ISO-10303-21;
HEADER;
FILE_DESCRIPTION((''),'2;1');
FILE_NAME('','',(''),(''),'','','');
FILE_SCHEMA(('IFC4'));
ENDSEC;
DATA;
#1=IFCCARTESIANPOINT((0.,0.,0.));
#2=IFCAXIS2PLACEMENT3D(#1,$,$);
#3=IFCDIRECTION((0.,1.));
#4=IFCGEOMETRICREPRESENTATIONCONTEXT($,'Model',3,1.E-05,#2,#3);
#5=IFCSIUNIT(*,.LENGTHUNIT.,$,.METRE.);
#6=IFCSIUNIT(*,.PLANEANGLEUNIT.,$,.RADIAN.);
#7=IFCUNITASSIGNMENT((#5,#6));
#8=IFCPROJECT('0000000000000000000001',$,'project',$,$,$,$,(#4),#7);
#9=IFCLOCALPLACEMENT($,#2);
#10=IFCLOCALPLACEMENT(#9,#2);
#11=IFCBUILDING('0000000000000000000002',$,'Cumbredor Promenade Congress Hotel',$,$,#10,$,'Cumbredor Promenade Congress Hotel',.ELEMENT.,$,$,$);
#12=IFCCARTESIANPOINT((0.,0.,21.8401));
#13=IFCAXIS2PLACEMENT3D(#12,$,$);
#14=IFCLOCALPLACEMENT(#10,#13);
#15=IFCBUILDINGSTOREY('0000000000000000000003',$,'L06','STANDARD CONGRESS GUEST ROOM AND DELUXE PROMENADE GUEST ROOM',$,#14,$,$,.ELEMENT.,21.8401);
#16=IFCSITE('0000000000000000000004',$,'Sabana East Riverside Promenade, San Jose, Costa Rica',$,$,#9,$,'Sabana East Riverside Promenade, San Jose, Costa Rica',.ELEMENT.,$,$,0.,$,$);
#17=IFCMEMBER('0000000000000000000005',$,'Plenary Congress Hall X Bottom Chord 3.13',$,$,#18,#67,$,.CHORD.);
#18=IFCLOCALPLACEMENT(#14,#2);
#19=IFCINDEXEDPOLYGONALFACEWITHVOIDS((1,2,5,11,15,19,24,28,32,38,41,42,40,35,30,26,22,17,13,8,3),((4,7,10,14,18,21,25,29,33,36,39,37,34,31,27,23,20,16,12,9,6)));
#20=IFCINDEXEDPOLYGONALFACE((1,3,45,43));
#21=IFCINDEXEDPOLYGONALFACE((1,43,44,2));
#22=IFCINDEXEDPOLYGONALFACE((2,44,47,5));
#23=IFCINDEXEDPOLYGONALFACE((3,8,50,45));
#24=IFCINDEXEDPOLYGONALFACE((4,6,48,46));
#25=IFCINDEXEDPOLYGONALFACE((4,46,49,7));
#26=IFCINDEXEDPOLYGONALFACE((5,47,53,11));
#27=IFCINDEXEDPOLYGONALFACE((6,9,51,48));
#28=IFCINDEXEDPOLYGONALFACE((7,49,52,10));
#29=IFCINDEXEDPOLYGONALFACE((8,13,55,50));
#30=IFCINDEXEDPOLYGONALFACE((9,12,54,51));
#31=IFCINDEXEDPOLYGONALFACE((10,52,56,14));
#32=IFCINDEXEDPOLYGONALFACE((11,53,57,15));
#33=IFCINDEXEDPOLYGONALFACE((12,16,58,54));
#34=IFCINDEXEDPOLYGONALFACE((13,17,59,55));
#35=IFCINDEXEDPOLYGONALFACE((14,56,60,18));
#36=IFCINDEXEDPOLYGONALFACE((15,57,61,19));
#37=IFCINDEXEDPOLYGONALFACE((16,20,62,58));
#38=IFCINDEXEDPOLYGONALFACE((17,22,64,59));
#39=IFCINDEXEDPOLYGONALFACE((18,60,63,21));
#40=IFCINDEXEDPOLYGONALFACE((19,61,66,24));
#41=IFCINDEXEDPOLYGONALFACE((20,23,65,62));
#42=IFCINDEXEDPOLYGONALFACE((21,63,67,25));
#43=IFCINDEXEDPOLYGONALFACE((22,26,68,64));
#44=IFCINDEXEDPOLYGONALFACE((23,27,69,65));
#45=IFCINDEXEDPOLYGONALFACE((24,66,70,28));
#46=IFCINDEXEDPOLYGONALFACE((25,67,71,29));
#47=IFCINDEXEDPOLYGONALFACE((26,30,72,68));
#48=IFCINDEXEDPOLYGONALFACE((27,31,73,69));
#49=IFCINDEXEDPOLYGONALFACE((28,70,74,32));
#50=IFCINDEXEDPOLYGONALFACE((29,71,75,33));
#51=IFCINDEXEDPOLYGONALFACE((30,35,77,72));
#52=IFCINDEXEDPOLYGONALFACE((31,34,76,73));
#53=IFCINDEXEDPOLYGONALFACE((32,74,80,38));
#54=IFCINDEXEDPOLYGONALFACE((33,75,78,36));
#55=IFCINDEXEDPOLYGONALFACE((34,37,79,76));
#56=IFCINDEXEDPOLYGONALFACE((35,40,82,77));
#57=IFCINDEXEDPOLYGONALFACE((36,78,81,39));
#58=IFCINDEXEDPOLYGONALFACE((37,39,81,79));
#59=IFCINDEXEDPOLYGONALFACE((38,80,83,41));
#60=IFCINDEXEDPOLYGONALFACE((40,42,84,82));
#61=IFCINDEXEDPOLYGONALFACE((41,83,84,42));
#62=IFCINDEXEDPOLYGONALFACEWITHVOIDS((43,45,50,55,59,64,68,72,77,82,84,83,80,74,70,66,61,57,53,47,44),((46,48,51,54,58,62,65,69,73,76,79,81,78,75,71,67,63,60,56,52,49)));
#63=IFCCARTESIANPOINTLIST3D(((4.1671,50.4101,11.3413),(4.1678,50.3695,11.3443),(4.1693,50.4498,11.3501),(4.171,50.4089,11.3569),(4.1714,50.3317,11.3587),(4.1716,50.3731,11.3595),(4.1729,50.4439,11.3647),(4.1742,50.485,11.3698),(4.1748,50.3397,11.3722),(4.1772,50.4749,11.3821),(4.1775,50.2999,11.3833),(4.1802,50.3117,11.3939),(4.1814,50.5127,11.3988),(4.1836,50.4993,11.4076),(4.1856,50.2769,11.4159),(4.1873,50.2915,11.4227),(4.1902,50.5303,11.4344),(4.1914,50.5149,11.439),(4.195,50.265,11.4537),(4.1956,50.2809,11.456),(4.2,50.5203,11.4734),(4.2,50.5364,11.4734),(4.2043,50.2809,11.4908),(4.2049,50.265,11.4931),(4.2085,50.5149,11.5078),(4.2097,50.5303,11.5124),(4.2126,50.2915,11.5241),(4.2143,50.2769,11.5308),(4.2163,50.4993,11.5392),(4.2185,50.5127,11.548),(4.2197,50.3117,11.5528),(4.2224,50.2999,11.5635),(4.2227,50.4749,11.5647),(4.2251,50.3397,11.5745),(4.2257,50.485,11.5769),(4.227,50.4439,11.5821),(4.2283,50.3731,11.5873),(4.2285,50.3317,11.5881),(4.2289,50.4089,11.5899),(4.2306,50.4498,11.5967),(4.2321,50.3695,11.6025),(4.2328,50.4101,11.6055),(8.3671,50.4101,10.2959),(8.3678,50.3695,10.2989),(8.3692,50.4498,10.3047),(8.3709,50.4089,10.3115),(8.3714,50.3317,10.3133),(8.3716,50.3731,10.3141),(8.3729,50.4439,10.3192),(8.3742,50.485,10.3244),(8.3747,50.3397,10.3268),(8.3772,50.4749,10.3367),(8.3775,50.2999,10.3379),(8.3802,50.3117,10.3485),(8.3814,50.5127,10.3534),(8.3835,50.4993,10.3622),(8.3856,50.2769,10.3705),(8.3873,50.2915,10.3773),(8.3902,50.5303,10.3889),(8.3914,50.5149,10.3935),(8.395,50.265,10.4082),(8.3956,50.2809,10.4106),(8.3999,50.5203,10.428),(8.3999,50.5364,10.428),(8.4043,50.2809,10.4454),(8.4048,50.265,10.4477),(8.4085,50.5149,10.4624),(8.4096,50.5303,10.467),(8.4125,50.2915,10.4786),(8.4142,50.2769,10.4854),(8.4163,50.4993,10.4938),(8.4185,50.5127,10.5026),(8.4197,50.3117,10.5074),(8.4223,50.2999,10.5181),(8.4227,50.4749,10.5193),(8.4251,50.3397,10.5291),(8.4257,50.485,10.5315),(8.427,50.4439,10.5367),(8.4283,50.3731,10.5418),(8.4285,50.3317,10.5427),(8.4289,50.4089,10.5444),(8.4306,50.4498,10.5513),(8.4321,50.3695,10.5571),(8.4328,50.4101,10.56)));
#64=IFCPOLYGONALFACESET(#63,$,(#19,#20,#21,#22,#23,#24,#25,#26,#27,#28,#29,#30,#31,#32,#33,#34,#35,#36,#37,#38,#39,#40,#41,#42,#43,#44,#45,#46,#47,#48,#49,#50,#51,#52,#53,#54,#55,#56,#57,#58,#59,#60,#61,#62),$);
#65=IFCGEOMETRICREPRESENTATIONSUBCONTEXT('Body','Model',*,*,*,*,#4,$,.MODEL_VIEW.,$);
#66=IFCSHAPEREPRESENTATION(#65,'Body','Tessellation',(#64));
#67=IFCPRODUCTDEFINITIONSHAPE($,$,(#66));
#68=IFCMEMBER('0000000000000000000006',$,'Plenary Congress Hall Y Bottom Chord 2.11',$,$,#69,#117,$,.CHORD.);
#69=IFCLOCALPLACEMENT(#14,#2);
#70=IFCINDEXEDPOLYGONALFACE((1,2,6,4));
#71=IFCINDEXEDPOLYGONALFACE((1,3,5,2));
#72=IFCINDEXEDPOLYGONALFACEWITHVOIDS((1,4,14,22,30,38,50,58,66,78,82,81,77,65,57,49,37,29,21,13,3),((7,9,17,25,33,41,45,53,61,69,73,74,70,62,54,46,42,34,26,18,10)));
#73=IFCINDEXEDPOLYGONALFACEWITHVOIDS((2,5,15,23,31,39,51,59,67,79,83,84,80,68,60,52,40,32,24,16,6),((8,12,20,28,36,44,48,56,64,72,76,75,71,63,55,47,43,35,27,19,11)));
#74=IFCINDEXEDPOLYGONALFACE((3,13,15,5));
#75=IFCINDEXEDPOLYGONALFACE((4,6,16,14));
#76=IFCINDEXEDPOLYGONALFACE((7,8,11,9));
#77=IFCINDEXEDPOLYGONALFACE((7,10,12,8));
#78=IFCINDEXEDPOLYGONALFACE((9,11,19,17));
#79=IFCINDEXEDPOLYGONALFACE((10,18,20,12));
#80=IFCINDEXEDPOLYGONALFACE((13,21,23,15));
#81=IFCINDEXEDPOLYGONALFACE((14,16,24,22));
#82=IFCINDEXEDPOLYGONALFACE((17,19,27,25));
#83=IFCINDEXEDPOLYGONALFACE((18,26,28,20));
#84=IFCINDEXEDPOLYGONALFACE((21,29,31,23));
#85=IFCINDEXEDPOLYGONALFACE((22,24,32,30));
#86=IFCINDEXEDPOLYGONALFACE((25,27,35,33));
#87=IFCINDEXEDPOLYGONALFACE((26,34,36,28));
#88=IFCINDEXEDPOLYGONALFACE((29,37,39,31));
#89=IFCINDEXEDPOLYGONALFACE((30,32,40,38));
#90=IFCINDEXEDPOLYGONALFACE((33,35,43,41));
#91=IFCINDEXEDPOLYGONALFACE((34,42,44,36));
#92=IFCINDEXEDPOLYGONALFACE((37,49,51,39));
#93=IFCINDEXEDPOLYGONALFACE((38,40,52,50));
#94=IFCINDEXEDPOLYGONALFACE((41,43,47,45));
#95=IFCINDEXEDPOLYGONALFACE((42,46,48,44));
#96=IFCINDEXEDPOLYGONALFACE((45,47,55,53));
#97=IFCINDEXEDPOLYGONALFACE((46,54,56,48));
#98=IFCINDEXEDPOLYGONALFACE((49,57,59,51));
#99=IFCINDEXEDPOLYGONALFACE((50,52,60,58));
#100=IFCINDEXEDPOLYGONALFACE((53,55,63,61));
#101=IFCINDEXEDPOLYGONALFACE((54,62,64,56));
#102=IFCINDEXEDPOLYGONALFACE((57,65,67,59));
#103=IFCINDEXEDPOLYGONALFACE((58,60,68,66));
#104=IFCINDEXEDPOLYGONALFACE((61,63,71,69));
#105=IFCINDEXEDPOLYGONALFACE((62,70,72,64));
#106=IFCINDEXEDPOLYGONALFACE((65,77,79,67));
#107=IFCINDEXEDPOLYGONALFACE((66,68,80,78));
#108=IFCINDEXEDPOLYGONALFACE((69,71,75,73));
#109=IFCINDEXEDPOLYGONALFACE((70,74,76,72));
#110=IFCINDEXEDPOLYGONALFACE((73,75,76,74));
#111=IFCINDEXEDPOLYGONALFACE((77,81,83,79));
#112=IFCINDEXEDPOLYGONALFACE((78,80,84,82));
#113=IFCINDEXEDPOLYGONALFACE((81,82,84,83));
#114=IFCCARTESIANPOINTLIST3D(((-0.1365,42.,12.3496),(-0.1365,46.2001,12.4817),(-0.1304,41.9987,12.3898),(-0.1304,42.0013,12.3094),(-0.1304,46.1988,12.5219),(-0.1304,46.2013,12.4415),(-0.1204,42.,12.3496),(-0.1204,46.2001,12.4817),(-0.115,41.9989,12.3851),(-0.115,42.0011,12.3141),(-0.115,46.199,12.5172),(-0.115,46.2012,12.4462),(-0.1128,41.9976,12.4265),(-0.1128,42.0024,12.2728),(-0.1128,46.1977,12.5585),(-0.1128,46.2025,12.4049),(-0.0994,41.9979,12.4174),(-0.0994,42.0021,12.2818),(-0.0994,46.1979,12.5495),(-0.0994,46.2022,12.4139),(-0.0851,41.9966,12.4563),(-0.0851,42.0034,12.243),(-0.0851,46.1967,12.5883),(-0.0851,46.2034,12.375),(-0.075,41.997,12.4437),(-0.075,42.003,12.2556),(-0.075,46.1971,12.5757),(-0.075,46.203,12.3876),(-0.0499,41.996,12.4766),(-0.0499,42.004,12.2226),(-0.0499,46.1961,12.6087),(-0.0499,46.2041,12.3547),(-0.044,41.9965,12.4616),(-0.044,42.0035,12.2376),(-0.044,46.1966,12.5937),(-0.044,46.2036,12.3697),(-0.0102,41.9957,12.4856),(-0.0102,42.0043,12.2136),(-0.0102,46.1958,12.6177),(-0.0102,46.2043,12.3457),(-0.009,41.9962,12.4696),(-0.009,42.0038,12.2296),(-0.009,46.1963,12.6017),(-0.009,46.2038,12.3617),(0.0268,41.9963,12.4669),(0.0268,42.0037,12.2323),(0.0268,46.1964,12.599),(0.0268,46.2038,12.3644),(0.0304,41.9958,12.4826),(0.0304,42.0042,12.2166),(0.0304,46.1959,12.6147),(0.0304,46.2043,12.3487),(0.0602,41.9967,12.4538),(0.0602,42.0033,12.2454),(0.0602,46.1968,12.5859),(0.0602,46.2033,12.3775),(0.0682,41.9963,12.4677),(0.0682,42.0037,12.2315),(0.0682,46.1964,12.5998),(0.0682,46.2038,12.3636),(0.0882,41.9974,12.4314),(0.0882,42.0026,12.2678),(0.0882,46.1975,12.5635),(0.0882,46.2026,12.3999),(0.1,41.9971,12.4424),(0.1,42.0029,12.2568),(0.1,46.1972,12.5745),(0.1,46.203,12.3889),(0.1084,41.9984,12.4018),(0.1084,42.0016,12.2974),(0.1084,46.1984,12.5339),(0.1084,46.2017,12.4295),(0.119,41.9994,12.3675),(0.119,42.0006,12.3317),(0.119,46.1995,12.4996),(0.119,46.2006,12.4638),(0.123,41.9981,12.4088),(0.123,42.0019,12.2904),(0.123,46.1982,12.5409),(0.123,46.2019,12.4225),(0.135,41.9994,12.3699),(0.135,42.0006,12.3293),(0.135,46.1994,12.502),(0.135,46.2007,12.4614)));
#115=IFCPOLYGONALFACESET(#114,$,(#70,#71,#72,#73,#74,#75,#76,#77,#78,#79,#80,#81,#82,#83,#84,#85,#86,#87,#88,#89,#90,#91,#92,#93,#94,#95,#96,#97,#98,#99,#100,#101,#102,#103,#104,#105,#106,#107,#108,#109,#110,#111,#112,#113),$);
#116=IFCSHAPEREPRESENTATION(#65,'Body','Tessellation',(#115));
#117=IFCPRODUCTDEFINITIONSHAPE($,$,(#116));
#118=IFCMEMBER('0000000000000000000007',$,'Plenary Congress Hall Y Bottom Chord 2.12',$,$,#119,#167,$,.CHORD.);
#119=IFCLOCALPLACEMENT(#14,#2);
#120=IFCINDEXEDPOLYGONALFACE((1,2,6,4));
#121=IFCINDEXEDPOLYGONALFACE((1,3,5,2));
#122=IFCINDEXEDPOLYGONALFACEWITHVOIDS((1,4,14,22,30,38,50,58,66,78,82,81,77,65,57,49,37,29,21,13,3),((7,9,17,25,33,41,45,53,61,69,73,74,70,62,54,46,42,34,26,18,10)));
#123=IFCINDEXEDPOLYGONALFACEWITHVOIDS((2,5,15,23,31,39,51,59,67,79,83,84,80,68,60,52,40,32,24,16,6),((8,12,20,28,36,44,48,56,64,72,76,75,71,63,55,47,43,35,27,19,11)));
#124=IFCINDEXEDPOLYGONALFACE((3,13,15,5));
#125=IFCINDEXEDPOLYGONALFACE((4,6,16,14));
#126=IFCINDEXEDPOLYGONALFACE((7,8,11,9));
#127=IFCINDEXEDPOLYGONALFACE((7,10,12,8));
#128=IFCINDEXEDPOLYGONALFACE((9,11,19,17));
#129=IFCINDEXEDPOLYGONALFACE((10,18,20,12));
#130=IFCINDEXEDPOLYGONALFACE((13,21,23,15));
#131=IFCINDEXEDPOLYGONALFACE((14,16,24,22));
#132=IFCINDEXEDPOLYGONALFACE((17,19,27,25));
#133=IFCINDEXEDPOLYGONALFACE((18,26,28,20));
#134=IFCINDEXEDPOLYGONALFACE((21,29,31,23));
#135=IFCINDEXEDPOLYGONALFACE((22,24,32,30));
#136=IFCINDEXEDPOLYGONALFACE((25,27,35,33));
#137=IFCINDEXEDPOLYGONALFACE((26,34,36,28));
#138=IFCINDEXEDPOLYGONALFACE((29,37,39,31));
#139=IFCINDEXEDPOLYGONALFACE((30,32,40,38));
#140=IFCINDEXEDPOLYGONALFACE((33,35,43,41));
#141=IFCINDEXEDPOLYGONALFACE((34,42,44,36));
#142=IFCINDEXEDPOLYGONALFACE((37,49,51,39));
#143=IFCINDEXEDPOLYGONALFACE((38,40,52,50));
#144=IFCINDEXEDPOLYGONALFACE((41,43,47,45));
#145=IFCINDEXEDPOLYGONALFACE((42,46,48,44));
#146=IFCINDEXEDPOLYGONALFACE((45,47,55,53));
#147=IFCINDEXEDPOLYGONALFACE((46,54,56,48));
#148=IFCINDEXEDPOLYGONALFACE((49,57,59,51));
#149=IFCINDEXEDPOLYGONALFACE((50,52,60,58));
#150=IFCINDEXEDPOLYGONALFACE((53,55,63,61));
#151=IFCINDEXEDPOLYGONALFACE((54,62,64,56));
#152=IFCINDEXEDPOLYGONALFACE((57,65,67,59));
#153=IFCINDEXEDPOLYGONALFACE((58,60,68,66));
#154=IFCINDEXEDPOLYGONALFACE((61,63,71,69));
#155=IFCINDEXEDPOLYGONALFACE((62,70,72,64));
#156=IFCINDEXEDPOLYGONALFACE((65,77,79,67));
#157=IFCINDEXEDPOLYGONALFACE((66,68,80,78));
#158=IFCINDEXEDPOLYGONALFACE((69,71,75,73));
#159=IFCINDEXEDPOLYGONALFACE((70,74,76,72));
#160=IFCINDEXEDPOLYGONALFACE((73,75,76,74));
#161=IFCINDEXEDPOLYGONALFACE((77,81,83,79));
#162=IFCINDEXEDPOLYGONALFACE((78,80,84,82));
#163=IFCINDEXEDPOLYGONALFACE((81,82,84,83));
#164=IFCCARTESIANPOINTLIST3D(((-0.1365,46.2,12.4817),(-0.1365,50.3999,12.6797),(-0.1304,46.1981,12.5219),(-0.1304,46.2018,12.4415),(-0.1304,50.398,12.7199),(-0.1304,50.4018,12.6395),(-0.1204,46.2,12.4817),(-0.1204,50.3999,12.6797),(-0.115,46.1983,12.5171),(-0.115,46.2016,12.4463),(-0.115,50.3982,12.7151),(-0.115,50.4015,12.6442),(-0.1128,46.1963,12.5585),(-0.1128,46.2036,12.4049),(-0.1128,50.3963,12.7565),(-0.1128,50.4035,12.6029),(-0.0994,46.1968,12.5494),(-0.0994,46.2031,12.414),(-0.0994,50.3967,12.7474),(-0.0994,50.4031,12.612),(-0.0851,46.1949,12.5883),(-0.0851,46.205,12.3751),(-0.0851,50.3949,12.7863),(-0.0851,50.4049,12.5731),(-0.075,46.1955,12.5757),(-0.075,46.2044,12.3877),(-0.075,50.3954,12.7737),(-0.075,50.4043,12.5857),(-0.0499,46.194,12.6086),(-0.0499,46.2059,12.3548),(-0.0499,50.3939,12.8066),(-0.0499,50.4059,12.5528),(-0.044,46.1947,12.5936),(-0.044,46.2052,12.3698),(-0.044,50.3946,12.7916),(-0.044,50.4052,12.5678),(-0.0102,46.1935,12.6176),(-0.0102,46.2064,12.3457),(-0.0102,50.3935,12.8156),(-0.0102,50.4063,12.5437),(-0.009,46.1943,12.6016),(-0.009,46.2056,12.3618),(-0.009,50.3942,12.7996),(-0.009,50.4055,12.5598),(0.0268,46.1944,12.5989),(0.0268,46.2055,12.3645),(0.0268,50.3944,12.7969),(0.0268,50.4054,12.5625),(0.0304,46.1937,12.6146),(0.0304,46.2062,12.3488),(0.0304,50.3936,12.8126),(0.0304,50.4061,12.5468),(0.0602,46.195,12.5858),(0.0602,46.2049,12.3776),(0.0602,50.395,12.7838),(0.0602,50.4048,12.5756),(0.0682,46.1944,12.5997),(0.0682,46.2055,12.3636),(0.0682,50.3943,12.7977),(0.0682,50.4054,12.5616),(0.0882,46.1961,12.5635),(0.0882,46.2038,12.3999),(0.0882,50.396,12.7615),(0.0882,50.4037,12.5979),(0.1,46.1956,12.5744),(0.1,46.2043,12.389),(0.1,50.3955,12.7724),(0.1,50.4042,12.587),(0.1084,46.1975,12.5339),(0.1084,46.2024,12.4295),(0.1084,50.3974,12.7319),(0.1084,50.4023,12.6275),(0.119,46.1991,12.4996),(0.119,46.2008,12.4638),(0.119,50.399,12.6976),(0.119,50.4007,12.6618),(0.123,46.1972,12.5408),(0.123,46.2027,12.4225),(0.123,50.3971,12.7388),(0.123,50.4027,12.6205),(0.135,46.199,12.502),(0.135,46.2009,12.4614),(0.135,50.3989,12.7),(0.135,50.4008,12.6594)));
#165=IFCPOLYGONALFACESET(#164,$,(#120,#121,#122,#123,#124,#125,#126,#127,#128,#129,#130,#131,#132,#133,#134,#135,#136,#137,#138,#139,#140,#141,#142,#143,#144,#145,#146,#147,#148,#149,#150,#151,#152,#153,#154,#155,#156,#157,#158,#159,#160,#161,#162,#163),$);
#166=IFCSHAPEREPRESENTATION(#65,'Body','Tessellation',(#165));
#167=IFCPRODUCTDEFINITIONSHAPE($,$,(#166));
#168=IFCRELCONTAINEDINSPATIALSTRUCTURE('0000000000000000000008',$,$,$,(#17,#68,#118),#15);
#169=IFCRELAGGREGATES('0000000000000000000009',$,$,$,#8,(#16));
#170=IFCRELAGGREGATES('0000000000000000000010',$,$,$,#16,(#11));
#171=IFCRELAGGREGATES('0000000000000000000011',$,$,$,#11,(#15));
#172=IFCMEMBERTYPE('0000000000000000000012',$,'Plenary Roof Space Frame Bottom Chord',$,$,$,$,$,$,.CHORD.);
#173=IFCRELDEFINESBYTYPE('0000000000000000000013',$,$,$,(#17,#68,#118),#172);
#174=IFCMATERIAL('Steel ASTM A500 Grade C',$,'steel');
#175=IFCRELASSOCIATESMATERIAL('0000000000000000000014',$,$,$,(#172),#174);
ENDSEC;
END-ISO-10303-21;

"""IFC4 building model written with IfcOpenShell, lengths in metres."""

from ifc_helpers import new_model, si_unit, direction, frame, origin, origin_2d, place, context, subcontext, project, spatial, hollow_circle, extrude, material, material_profile, profile_set, type_object, element, save


model = new_model("IFC4")

# Units and contexts
model_context = context("Model", 3, precision=1e-05, world=origin(), true_north=direction((0.0, 1.0)))
body_context = subcontext(model_context, "Body", "Model", "MODEL_VIEW")
ifc_project = project(units=[si_unit("LENGTHUNIT", "METRE"), si_unit("PLANEANGLEUNIT", "RADIAN")], contexts=[model_context])

# Site, building, storey
site_placement = place(None, origin())
site = spatial("IfcSite", under=ifc_project, at=site_placement, Name="Sabana East Riverside Promenade, San Jose, Costa Rica", LongName="Sabana East Riverside Promenade, San Jose, Costa Rica", CompositionType="ELEMENT", RefElevation=0.0)
building_placement = place(site_placement, origin())
building = spatial("IfcBuilding", under=site, at=building_placement, Name="Cumbredor Promenade Congress Hotel", LongName="Cumbredor Promenade Congress Hotel", CompositionType="ELEMENT")
storey_placement = place(building_placement, frame((0.0, 0.0, 21.8401)))
storey = spatial("IfcBuildingStorey", under=building, at=storey_placement, Name="L06", Description="STANDARD CONGRESS GUEST ROOM AND DELUXE PROMENADE GUEST ROOM", CompositionType="ELEMENT", Elevation=21.8401)

# Members
ifc_material_1 = material(Name="Steel ASTM A500 Grade C", Category="steel")
ifc_material_profile_1 = material_profile(ifc_material_1, hollow_circle(Radius=0.1365, WallThickness=0.0161, at=origin_2d()), Name="CHS 273.0x16")
ifc_profile_set_1 = profile_set([ifc_material_profile_1], Name="Steel ASTM A500 Grade C")
member_type_1 = type_object("IfcMemberType", Name="Plenary Roof Space Frame Bottom Chord", PredefinedType="CHORD", material=ifc_profile_set_1)
member_1_placement = place(storey_placement, frame((4.2, 50.3999, 11.4734), z_axis=(0.970391, 0.0, -0.24154), x_axis=(0.0, 1.0, 0.0)))
element("IfcMember", 1, at=member_1_placement, inside=storey, type_object=member_type_1, Name="Plenary Congress Hall X Bottom Chord 3.13", PredefinedType="CHORD", context=body_context, shape_type="SweptSolid", body=[
    extrude(hollow_circle(Radius=0.1365, WallThickness=0.0161, at=origin_2d()), origin(), (0.0, 0.0, 1.0), 4.3281),
])
member_2_placement = place(storey_placement, frame((0.0, 42.0, 12.3496), z_axis=(0.0, 0.999506, 0.031432), x_axis=(-1.0, 0.0, 0.0)))
element("IfcMember", 2, at=member_2_placement, inside=storey, type_object=member_type_1, Name="Plenary Congress Hall Y Bottom Chord 2.11", PredefinedType="CHORD", context=body_context, shape_type="SweptSolid", body=[
    extrude(hollow_circle(Radius=0.1365, WallThickness=0.0161, at=origin_2d()), origin(), (0.0, 0.0, 1.0), 4.2021),
])
member_3_placement = place(storey_placement, frame((0.0, 46.2, 12.4817), z_axis=(0.0, 0.998891, 0.047091), x_axis=(-1.0, 0.0, 0.0)))
element("IfcMember", 3, at=member_3_placement, inside=storey, type_object=member_type_1, Name="Plenary Congress Hall Y Bottom Chord 2.12", PredefinedType="CHORD", context=body_context, shape_type="SweptSolid", body=[
    extrude(hollow_circle(Radius=0.1365, WallThickness=0.0161, at=origin_2d()), origin(), (0.0, 0.0, 1.0), 4.2046),
])

save(model, "model.ifc")
